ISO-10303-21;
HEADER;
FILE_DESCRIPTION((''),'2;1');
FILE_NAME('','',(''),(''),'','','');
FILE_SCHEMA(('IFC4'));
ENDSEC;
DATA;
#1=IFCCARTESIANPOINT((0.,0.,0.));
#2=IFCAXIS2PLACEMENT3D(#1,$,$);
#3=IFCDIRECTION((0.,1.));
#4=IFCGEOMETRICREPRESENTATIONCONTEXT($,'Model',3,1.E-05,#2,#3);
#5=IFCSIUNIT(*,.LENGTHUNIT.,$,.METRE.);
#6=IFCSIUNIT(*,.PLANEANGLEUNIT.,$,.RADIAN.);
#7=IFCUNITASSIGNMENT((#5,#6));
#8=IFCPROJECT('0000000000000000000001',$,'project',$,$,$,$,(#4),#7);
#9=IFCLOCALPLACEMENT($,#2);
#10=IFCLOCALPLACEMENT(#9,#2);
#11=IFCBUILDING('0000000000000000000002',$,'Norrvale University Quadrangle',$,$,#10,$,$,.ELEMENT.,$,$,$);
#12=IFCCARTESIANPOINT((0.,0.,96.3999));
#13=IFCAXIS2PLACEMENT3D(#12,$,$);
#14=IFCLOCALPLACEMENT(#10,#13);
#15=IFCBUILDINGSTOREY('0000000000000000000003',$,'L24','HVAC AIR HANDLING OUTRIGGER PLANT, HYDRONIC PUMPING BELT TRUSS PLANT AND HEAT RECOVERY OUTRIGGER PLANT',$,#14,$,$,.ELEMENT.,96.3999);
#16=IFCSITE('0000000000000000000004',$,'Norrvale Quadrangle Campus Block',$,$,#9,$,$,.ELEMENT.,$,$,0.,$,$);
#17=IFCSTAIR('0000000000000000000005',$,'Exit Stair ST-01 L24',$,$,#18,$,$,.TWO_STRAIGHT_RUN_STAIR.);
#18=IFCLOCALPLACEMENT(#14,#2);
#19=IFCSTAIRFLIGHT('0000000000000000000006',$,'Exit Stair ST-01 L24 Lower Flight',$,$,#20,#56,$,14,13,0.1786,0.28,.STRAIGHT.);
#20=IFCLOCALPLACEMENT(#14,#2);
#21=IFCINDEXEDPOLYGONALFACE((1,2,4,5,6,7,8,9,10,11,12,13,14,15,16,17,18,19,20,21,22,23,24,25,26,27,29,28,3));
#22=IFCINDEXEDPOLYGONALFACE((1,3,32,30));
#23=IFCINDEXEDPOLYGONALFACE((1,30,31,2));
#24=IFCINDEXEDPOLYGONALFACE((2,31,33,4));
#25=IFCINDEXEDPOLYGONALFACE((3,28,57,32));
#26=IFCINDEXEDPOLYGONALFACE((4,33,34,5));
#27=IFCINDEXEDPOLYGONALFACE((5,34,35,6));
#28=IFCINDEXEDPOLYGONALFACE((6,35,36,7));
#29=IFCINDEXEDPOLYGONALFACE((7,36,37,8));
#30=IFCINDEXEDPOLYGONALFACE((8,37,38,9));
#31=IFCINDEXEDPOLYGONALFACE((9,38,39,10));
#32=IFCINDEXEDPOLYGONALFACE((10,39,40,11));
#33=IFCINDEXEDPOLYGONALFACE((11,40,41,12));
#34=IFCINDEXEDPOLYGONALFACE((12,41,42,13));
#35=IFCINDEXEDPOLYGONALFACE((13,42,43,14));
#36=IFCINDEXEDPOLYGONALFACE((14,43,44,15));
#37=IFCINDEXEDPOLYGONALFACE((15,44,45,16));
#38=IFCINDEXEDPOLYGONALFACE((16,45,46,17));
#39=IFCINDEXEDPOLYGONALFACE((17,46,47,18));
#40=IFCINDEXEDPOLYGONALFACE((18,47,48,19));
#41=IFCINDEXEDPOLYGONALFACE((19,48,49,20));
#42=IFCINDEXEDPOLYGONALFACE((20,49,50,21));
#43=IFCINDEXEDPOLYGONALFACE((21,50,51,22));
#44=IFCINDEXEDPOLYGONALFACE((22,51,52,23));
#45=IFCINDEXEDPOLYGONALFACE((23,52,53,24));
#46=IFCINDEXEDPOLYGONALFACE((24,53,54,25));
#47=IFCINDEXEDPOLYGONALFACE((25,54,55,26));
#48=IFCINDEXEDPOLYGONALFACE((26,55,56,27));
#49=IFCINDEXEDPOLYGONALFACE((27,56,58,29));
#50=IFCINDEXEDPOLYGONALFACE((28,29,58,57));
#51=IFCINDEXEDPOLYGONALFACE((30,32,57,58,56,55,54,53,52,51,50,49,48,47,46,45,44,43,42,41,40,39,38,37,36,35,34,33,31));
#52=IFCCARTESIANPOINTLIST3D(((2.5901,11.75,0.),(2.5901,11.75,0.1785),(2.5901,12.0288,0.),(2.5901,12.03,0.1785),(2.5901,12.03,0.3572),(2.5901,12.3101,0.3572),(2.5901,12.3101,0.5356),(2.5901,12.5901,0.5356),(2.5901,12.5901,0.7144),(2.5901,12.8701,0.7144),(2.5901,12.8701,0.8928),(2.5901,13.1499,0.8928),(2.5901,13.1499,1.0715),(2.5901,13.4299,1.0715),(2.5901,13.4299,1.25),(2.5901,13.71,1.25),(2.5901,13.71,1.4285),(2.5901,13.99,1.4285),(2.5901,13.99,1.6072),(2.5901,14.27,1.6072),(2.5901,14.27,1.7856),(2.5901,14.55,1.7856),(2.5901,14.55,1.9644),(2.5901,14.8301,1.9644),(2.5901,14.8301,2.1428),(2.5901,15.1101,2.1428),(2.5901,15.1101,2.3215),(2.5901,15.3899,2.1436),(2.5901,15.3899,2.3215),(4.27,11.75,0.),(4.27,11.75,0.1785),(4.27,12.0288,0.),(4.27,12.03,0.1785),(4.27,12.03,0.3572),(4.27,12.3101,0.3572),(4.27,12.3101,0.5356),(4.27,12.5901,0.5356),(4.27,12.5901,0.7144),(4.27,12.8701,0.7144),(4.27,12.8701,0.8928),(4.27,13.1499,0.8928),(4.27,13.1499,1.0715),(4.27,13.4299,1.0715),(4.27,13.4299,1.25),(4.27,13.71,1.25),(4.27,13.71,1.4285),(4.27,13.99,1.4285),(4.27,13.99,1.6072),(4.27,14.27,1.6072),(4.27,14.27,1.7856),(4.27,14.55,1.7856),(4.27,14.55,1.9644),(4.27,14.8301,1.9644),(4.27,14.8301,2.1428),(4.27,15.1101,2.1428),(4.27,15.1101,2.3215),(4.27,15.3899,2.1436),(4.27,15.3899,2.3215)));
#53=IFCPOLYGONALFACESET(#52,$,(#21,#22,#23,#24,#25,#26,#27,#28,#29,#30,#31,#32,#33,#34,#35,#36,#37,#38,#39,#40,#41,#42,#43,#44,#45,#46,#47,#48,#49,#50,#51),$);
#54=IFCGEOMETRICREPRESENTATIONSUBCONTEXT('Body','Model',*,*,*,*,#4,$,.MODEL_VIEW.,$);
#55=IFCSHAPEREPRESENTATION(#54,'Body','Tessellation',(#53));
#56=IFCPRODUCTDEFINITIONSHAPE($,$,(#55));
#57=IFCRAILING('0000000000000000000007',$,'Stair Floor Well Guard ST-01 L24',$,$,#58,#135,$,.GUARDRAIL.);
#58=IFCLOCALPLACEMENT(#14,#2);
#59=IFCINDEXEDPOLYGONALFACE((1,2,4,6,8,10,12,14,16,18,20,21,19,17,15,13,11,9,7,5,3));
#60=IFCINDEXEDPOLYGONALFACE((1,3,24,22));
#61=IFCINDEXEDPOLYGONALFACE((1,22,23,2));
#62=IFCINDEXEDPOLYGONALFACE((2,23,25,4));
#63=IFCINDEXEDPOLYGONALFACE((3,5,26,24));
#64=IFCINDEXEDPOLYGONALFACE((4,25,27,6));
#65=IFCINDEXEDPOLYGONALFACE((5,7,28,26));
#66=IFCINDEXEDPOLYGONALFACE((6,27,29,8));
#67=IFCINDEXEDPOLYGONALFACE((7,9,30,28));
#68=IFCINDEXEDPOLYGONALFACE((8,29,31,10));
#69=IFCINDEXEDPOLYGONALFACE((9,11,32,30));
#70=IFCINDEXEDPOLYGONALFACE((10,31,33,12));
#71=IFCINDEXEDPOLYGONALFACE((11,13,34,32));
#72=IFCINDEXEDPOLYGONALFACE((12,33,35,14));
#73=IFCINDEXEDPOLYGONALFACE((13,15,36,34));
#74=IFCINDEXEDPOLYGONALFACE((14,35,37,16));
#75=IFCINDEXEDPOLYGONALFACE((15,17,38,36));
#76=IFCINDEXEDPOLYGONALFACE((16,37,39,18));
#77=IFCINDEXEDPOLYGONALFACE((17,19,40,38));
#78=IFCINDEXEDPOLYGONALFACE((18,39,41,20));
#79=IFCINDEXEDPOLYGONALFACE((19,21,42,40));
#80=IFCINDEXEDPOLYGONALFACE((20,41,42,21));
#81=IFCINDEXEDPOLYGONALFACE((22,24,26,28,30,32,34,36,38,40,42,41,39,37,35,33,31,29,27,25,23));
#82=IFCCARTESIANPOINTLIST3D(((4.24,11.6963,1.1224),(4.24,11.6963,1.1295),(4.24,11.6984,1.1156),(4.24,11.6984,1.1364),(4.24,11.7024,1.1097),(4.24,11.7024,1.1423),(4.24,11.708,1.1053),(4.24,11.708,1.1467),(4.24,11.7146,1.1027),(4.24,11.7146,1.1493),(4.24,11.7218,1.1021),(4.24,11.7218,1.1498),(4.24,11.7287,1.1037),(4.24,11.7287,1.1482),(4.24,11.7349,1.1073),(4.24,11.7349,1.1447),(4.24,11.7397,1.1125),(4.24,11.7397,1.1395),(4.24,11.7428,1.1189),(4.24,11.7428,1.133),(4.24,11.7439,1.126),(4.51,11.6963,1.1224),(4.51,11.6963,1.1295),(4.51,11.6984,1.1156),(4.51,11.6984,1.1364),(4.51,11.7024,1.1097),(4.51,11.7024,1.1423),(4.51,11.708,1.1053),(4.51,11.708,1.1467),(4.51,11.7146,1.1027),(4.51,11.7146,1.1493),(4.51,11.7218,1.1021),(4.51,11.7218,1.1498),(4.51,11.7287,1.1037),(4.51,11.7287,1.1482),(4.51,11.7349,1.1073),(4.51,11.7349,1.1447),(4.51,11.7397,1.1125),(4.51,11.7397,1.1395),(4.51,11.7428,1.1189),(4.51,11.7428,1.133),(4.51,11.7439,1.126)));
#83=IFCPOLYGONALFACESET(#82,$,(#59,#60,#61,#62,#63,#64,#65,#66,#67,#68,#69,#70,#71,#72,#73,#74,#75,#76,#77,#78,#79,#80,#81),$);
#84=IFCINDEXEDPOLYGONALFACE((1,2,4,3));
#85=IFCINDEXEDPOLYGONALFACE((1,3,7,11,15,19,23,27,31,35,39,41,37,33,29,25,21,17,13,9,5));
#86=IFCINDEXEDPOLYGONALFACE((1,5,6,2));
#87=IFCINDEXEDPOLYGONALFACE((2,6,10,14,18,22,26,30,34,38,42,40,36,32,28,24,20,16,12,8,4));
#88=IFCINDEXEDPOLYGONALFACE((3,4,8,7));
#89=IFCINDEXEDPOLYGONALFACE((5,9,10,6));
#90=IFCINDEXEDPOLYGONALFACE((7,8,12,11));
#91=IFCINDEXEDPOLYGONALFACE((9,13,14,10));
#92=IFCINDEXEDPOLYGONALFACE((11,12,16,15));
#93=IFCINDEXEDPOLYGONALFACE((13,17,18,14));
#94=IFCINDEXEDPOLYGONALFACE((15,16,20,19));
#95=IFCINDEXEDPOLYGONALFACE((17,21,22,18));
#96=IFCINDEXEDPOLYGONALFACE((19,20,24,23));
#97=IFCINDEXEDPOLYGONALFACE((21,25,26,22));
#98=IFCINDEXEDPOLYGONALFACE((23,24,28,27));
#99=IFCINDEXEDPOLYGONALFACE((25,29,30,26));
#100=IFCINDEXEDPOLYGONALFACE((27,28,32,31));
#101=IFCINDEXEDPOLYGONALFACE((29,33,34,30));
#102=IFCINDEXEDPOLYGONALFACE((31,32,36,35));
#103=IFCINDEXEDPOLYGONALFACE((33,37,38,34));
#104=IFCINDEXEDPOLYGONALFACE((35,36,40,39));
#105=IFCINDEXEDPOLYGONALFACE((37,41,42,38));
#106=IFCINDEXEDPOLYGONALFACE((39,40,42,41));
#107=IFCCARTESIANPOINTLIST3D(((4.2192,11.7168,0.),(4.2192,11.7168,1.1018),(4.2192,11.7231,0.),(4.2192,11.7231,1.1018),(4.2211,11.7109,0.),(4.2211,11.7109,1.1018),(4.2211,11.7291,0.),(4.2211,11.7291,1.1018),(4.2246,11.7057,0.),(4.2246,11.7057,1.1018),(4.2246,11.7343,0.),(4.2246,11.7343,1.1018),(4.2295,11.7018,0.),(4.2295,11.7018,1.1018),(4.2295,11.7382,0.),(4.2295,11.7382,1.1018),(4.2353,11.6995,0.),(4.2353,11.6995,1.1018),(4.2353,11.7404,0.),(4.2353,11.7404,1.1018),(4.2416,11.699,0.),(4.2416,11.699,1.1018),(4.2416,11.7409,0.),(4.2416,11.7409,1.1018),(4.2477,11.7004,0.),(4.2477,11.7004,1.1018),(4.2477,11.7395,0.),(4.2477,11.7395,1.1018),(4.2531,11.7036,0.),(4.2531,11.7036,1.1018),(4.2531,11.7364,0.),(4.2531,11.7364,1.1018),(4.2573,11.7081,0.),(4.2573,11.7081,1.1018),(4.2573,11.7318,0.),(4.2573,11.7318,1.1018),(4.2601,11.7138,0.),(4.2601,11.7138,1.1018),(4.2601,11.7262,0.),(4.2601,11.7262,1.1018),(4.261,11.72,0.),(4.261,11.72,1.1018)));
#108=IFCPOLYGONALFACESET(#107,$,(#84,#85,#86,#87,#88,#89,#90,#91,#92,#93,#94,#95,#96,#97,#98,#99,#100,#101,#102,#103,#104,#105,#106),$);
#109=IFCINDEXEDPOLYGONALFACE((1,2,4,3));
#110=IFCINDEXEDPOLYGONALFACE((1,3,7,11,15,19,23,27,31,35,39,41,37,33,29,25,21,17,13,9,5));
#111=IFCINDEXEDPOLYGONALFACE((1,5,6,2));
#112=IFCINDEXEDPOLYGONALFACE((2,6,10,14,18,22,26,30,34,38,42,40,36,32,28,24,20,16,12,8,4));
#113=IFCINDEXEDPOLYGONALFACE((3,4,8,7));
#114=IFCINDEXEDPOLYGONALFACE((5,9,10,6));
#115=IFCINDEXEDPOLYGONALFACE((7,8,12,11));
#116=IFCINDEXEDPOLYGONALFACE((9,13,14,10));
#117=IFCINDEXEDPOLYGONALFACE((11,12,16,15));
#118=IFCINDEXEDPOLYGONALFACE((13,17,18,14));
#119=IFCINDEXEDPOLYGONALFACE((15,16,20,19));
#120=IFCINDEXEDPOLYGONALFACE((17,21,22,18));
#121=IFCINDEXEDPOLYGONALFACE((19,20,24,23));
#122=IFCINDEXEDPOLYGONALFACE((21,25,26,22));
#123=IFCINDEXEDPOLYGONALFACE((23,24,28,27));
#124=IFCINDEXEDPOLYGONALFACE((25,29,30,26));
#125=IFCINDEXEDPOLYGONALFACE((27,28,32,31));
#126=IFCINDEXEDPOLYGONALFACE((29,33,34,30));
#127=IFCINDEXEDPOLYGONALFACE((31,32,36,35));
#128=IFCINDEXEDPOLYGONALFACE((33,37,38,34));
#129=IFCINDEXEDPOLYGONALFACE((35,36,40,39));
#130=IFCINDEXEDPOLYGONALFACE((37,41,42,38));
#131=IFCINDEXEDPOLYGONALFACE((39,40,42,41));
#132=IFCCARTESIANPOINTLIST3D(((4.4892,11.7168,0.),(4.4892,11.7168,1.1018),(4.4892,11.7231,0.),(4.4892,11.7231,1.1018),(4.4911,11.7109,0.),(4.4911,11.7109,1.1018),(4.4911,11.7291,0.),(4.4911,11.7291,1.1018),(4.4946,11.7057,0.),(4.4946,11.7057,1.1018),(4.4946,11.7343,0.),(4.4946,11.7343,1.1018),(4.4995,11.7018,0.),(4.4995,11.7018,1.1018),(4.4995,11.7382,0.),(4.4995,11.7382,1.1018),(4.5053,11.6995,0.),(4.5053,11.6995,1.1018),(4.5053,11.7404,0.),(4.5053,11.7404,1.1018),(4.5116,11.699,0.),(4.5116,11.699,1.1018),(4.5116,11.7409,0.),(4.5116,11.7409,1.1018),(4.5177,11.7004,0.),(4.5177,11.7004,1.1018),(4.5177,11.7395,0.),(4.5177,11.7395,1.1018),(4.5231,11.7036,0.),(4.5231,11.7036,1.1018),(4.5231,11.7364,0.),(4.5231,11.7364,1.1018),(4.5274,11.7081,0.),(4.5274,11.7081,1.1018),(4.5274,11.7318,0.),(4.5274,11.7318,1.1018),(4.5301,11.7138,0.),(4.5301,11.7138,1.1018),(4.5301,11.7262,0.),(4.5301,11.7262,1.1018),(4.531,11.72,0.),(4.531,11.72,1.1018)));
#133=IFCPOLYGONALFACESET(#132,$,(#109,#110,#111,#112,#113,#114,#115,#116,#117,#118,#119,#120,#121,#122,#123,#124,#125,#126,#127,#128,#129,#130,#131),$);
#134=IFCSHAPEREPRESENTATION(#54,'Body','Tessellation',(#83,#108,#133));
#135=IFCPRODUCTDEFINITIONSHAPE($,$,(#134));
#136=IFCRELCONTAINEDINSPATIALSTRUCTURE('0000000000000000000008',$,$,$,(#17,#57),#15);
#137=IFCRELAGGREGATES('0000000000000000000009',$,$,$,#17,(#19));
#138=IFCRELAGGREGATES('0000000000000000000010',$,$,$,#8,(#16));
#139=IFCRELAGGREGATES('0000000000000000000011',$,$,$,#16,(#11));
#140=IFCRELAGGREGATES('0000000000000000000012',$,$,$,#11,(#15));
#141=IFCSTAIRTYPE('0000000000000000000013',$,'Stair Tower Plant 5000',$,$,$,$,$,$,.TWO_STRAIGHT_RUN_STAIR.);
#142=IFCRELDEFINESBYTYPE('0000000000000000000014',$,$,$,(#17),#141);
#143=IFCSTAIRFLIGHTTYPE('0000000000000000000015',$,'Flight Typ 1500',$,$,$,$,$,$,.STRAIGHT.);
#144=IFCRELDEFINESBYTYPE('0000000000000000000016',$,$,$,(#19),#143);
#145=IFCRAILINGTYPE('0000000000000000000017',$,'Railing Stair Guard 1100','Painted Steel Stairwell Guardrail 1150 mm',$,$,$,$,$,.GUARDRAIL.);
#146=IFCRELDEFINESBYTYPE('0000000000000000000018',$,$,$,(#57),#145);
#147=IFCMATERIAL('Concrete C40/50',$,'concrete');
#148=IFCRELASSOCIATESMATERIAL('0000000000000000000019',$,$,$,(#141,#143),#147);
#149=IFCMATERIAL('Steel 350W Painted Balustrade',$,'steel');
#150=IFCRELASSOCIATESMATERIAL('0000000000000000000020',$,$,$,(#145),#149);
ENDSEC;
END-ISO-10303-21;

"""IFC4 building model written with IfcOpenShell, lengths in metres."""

from ifc_helpers import new_model, si_unit, direction, frame, origin, origin_2d, place, context, subcontext, project, spatial, polyline, circle, outline, extrude, material, type_object, element, aggregate, save


model = new_model("IFC4")

# Units and contexts
model_context = context("Model", 3, precision=1e-05, world=origin(), true_north=direction((0.0, 1.0)))
body_context = subcontext(model_context, "Body", "Model", "MODEL_VIEW")
ifc_project = project(units=[si_unit("LENGTHUNIT", "METRE"), si_unit("PLANEANGLEUNIT", "RADIAN")], contexts=[model_context])

# Site, building, storey
site_placement = place(None, origin())
site = spatial("IfcSite", under=ifc_project, at=site_placement, Name="Norrvale Quadrangle Campus Block", CompositionType="ELEMENT", RefElevation=0.0)
building_placement = place(site_placement, origin())
building = spatial("IfcBuilding", under=site, at=building_placement, Name="Norrvale University Quadrangle", CompositionType="ELEMENT")
storey_placement = place(building_placement, frame((0.0, 0.0, 96.3999)))
storey = spatial("IfcBuildingStorey", under=building, at=storey_placement, Name="L24", Description="HVAC AIR HANDLING OUTRIGGER PLANT, HYDRONIC PUMPING BELT TRUSS PLANT AND HEAT RECOVERY OUTRIGGER PLANT", CompositionType="ELEMENT", Elevation=96.3999)

# Stair
ifc_material_1 = material(Name="Concrete C40/50", Category="concrete")
stair_type = type_object("IfcStairType", Name="Stair Tower Plant 5000", PredefinedType="TWO_STRAIGHT_RUN_STAIR", material=ifc_material_1)
stair_1_placement = place(storey_placement, origin())
stair_1 = element("IfcStair", 1, at=stair_1_placement, inside=storey, type_object=stair_type, Name="Exit Stair ST-01 L24", PredefinedType="TWO_STRAIGHT_RUN_STAIR")

# Stair flight
stair_flight_type = type_object("IfcStairFlightType", Name="Flight Typ 1500", PredefinedType="STRAIGHT", material=ifc_material_1)
stair_flight_placement = place(storey_placement, frame((3.4299, 11.75, 0.0), z_axis=(0.0, 0.0, 1.0), x_axis=(0.0, 1.0, 0.0)))
stair_flight = element("IfcStairFlight", 2, at=stair_flight_placement, type_object=stair_flight_type, Name="Exit Stair ST-01 L24 Lower Flight", NumberOfRisers=14, NumberOfTreads=13, PredefinedType="STRAIGHT", RiserHeight=0.1786, TreadLength=0.28, context=body_context, shape_type="SweptSolid", body=[
    extrude(outline(polyline([(0.0, 0.0), (0.0, 0.1785), (0.28, 0.1785), (0.28, 0.3572), (0.5601, 0.3572), (0.5601, 0.5356), (0.8401, 0.5356), (0.8401, 0.7144), (1.1201, 0.7144), (1.1201, 0.8928), (1.3999, 0.8928), (1.3999, 1.0715), (1.6799, 1.0715), (1.6799, 1.25), (1.96, 1.25), (1.96, 1.4285), (2.24, 1.4285), (2.24, 1.6072), (2.52, 1.6072), (2.52, 1.7856), (2.8, 1.7856), (2.8, 1.9644), (3.0801, 1.9644), (3.0801, 2.1428), (3.3601, 2.1428), (3.3601, 2.3215), (3.6399, 2.3215), (3.6399, 2.5), (3.6399, 2.1436), (0.2788, 0.0), (0.0, 0.0)])), frame((0.0, 0.8398, 0.0), z_axis=(0.0, -1.0, 0.0), x_axis=(1.0, 0.0, 0.0)), (0.0, 0.0, 1.0), 1.6799),
])
aggregate(stair_1, [stair_flight])

# Railing
ifc_material_2 = material(Name="Steel 350W Painted Balustrade", Category="steel")
railing_type_1 = type_object("IfcRailingType", Name="Railing Stair Guard 1100", Description="Painted Steel Stairwell Guardrail 1150 mm", PredefinedType="GUARDRAIL", material=ifc_material_2)
railing_1_placement = place(storey_placement, frame((4.24, 11.72, 0.0)))
element("IfcRailing", 3, at=railing_1_placement, inside=storey, type_object=railing_type_1, Name="Stair Floor Well Guard ST-01 L24", PredefinedType="GUARDRAIL", context=body_context, shape_type="SweptSolid", body=[
    extrude(circle(Radius=0.0239, at=origin_2d()), frame((0.0, 0.0, 1.126), z_axis=(1.0, 0.0, 0.0), x_axis=(0.0, 1.0, 0.0)), (0.0, 0.0, 1.0), 0.27),
    extrude(circle(Radius=0.021, at=origin_2d()), origin(), (0.0, 0.0, 1.0), 1.1018),
    extrude(circle(Radius=0.021, at=origin_2d()), frame((0.27, 0.0, 0.0)), (0.0, 0.0, 1.0), 1.1018),
])

save(model, "model.ifc")
